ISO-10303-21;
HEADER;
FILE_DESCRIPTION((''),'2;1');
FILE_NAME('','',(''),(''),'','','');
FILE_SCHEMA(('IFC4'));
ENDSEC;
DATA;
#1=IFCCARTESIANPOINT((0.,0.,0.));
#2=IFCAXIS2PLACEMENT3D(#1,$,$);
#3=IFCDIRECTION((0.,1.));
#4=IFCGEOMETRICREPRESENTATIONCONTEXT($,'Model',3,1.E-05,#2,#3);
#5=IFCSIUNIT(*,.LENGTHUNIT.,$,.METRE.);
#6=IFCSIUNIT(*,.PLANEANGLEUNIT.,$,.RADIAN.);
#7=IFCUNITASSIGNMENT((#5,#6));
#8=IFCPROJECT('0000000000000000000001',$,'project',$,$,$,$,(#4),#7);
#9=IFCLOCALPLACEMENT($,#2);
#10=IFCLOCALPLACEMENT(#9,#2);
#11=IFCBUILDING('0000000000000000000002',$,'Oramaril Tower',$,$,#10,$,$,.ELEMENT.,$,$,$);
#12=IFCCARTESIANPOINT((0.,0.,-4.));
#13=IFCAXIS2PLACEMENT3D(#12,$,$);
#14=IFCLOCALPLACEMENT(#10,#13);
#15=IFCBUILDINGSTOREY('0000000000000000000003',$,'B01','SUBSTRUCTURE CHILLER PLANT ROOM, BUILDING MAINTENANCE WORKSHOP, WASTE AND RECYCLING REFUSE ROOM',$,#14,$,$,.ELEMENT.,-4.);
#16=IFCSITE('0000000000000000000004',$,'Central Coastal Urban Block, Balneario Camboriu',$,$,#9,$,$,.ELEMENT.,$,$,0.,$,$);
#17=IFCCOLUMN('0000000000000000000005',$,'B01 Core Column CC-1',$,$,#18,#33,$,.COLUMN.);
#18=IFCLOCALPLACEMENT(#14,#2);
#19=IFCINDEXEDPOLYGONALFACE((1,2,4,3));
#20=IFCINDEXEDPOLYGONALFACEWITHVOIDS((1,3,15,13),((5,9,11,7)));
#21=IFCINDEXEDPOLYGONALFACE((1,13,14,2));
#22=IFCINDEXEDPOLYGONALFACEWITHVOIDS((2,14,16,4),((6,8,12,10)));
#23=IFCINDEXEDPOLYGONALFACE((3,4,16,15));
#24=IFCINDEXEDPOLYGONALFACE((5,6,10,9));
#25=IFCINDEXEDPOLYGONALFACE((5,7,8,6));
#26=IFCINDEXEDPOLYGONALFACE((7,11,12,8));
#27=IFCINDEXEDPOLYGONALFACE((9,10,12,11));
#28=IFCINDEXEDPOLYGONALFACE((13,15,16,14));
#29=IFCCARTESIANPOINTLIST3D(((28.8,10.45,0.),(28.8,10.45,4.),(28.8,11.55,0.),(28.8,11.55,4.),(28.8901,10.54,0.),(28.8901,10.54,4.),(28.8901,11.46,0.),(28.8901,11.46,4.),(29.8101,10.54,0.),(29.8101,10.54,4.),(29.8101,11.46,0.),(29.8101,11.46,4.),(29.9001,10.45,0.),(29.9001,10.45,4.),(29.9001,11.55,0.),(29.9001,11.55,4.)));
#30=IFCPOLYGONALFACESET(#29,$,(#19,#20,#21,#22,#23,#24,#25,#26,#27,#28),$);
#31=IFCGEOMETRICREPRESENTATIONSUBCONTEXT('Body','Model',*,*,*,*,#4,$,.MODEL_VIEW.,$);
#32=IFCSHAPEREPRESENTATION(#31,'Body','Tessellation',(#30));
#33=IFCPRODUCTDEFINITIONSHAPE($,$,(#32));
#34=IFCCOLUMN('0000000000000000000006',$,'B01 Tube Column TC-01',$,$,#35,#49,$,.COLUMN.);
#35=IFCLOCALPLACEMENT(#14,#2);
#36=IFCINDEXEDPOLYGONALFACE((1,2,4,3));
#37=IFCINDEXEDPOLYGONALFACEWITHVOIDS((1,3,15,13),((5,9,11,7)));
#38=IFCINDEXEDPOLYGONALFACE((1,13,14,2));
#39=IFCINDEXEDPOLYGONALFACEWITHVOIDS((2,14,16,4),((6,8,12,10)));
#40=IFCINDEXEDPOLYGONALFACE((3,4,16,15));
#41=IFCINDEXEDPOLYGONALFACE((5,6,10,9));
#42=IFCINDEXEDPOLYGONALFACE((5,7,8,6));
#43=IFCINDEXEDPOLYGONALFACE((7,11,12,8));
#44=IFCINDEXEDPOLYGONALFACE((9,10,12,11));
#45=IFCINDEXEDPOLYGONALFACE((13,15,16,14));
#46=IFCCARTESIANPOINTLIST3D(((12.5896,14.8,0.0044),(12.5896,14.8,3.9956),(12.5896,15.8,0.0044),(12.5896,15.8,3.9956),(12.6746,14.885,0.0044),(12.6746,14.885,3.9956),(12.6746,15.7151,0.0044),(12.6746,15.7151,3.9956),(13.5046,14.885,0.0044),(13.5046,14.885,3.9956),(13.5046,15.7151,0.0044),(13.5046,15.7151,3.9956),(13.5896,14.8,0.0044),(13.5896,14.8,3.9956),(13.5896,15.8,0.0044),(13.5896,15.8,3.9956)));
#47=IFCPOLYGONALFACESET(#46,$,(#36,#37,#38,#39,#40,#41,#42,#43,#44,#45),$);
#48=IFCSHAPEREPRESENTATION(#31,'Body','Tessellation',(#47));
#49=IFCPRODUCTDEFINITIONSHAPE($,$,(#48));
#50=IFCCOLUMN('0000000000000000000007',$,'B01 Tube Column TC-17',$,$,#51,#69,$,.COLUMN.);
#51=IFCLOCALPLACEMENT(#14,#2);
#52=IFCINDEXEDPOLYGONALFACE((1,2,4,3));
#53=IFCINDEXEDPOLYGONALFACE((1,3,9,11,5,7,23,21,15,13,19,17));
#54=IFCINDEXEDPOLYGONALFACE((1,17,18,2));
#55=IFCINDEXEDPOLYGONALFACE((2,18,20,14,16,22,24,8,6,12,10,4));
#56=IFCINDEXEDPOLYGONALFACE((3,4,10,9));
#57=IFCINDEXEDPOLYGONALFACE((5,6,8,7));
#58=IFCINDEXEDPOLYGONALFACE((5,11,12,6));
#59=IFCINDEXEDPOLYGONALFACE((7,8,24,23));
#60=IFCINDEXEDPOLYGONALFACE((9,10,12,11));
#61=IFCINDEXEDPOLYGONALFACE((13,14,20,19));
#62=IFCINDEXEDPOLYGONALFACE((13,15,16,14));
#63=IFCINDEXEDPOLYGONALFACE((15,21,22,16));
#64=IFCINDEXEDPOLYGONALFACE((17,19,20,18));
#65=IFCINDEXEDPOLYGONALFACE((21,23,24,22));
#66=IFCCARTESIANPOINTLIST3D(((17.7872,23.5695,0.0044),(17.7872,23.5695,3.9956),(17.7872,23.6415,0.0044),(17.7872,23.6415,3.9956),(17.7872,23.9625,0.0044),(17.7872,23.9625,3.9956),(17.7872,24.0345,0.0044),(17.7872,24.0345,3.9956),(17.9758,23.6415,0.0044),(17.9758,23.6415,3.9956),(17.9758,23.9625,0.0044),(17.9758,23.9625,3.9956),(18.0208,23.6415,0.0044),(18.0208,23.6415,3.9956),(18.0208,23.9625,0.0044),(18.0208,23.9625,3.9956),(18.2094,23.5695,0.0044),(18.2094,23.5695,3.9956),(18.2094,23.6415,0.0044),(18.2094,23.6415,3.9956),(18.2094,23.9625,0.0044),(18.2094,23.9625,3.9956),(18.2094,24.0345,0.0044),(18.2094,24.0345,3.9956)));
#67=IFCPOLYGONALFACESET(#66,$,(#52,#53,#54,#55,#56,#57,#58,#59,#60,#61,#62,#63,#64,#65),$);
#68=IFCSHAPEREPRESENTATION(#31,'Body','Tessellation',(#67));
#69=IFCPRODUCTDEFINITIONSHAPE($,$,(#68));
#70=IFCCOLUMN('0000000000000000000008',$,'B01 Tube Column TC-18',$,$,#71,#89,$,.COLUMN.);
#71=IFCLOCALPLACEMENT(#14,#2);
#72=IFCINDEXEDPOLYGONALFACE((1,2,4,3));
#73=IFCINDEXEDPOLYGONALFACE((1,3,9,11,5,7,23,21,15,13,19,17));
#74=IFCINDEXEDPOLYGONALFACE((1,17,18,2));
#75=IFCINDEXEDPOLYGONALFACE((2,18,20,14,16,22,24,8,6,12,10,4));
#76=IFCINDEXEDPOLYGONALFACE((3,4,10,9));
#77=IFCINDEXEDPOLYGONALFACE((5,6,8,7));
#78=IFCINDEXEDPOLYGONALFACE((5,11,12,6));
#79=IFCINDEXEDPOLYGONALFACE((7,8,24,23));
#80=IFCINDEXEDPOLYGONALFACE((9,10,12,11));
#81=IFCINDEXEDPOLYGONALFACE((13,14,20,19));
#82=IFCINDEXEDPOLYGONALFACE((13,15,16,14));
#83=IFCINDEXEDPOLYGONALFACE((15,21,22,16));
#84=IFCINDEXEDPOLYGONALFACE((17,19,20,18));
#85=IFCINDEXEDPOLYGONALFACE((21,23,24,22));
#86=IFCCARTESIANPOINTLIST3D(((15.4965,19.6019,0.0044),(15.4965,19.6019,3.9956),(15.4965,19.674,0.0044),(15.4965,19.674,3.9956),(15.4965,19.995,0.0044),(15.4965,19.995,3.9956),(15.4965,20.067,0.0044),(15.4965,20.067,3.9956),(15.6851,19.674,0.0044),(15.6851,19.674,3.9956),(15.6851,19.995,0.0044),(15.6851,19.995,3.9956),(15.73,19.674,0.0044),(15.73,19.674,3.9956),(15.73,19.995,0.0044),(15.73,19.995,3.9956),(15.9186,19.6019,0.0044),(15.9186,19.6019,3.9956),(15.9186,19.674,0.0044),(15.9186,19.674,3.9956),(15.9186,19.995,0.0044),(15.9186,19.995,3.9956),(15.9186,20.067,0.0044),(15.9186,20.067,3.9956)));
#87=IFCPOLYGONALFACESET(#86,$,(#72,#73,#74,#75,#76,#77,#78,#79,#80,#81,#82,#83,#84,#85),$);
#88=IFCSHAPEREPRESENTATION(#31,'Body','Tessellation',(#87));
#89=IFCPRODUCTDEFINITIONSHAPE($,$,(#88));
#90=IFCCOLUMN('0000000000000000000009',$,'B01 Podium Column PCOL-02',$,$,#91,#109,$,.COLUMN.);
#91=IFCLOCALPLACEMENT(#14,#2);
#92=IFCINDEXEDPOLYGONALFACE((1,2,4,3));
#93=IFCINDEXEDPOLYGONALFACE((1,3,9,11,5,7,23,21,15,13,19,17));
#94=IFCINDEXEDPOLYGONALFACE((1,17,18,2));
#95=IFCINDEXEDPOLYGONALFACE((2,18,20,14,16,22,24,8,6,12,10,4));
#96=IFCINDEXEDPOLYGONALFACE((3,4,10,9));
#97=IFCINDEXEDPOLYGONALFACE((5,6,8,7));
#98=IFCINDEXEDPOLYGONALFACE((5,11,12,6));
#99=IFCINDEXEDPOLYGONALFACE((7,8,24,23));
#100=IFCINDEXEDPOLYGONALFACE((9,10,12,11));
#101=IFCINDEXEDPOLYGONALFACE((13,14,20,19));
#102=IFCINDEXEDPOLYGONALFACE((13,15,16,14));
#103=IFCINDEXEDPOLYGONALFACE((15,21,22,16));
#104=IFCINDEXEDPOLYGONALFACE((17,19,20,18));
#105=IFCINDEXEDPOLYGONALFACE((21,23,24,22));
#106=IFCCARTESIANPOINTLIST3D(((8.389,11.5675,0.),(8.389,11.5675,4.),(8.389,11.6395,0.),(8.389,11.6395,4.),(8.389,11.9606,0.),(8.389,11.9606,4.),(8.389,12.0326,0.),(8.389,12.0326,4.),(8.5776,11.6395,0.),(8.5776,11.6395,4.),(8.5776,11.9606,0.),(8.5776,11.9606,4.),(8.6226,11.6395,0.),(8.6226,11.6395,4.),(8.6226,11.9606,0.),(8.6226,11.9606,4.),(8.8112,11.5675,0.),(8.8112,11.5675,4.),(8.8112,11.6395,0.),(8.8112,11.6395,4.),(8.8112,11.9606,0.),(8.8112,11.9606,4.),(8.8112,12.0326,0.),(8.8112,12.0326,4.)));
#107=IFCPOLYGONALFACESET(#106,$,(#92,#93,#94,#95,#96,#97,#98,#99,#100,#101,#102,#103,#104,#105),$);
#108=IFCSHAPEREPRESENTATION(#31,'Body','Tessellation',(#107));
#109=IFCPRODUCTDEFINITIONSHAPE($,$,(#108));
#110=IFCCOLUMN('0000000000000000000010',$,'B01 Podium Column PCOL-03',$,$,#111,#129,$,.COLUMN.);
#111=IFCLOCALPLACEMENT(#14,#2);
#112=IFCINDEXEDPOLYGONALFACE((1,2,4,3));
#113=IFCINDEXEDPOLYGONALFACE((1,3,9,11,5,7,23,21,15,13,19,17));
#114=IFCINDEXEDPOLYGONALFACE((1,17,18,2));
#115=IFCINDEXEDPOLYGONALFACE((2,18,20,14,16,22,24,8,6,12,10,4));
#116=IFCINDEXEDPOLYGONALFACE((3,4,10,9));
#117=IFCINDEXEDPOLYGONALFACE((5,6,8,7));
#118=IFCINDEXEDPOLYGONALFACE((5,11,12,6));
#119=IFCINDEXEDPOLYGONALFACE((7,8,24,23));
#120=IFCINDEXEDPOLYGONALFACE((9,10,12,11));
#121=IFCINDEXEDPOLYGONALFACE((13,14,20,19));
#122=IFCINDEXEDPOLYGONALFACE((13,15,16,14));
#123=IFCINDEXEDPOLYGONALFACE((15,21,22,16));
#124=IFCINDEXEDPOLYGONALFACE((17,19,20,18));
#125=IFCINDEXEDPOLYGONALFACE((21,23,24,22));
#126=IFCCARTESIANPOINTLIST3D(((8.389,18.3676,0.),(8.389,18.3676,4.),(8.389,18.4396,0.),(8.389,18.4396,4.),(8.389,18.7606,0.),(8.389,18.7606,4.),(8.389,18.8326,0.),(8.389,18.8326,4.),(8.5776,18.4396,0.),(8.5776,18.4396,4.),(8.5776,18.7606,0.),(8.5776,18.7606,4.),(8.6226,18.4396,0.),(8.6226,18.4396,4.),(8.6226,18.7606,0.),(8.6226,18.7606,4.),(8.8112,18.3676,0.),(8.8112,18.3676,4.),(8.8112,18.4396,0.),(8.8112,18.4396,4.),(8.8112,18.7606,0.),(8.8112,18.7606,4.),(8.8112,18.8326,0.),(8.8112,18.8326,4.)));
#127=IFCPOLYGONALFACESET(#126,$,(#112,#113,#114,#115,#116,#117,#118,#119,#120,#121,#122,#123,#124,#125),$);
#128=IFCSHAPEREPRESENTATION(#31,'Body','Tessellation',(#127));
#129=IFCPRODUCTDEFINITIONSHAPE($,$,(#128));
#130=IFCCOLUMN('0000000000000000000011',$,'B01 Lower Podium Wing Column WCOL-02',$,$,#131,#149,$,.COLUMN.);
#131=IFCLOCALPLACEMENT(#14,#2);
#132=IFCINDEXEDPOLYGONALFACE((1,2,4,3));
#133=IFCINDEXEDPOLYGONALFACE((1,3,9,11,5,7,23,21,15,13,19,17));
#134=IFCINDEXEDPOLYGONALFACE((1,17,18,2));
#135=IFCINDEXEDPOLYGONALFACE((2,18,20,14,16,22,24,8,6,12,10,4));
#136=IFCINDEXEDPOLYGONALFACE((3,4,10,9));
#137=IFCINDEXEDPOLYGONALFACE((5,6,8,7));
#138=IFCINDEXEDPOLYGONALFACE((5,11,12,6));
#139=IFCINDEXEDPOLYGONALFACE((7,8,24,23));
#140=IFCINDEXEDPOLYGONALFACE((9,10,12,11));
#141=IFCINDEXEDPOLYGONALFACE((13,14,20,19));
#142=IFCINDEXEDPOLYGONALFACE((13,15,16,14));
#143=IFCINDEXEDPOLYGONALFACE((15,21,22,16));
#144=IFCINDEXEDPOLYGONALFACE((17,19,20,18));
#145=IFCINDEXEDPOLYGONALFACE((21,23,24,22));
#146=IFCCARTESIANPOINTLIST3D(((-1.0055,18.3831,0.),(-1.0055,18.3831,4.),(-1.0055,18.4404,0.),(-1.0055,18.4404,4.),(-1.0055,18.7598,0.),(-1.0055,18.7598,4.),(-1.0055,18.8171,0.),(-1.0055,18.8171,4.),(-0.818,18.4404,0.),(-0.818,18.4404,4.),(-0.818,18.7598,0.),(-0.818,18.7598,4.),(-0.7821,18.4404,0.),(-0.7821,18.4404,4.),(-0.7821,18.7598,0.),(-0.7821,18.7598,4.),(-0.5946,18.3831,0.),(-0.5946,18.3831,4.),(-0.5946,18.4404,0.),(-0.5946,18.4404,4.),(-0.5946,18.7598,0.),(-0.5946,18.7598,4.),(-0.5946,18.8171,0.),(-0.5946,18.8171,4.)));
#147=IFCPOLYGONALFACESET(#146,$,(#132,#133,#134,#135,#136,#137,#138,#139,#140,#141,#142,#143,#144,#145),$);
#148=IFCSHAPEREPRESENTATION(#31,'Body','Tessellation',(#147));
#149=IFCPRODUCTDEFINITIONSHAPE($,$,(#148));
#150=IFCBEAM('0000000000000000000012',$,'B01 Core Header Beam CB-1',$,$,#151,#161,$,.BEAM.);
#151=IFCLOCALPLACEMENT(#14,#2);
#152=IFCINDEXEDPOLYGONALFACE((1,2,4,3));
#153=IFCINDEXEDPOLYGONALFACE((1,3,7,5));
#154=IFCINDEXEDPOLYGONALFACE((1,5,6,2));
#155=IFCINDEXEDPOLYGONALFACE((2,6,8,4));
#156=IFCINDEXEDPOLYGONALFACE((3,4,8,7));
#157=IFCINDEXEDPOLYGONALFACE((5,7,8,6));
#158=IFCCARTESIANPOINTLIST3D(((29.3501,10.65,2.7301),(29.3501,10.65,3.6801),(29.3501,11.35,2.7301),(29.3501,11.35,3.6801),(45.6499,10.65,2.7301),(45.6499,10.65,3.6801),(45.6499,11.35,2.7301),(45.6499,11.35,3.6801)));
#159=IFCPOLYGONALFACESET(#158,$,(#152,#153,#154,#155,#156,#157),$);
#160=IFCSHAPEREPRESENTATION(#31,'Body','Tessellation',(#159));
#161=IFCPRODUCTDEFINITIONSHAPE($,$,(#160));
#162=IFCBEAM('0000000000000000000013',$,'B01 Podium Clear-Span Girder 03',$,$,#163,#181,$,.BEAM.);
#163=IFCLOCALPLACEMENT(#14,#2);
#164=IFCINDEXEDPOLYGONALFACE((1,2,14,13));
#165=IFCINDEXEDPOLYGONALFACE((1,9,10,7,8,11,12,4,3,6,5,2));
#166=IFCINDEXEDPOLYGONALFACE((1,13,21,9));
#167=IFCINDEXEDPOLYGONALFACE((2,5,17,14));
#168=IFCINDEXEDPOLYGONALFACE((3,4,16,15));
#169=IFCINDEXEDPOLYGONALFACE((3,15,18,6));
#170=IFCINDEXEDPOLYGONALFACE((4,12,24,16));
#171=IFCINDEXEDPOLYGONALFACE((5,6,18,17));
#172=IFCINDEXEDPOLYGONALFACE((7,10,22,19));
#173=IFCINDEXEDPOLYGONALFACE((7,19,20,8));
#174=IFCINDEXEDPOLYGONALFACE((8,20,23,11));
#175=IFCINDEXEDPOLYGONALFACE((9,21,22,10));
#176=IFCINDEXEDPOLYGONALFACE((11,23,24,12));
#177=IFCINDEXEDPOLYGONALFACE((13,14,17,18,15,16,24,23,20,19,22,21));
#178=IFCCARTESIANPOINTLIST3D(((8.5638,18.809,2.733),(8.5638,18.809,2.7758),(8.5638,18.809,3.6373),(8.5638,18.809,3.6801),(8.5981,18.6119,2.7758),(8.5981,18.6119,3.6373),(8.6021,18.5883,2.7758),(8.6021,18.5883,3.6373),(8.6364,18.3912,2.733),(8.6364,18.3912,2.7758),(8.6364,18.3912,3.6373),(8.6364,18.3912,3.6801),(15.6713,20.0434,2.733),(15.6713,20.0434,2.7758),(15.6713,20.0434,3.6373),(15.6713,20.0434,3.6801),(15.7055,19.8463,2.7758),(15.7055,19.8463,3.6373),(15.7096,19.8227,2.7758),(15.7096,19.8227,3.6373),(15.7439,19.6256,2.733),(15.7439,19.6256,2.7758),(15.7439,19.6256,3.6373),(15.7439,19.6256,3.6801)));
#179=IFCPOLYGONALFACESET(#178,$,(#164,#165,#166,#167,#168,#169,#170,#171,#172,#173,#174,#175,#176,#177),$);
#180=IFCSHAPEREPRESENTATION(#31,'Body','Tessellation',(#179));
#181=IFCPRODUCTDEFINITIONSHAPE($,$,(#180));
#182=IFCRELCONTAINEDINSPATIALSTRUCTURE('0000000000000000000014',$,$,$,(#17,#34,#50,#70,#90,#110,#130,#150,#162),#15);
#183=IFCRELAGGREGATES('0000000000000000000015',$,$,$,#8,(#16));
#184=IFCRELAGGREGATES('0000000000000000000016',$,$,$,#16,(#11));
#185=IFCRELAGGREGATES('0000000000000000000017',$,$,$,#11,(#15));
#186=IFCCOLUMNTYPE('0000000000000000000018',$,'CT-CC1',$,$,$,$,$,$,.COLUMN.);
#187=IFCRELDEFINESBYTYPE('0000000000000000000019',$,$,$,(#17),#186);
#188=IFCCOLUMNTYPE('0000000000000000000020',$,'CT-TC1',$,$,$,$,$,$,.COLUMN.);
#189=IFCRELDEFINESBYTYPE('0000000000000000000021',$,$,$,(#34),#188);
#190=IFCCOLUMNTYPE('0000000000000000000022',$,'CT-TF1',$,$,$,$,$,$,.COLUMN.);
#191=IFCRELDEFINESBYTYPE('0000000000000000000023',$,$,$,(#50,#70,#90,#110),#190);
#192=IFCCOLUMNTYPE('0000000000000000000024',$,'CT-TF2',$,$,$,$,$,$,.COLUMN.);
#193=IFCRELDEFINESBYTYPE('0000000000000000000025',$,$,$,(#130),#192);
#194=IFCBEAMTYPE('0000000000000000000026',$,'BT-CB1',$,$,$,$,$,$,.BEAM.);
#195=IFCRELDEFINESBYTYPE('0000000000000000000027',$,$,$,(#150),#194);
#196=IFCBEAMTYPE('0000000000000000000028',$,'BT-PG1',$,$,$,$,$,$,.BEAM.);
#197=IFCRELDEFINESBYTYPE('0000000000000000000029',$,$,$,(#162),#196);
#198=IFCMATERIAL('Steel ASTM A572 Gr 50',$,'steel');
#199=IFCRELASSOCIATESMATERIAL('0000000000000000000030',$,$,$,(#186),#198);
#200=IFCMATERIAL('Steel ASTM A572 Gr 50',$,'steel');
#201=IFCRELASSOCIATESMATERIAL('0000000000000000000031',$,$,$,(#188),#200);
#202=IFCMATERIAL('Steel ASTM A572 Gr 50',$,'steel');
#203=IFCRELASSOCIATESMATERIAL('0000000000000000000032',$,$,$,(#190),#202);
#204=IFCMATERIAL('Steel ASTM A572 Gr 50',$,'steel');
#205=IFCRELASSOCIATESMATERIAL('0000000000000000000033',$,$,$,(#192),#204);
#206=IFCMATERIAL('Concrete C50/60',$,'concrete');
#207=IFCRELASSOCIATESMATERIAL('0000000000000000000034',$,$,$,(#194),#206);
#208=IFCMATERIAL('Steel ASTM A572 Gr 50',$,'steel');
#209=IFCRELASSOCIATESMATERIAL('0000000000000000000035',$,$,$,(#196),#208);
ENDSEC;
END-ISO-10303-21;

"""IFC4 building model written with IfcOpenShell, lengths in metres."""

from ifc_helpers import new_model, si_unit, direction, frame, origin, origin_2d, place, context, subcontext, project, spatial, rectangle, hollow_rectangle, i_section, extrude, material, material_profile, profile_set, type_object, element, save


model = new_model("IFC4")

# Units and contexts
model_context = context("Model", 3, precision=1e-05, world=origin(), true_north=direction((0.0, 1.0)))
body_context = subcontext(model_context, "Body", "Model", "MODEL_VIEW")
ifc_project = project(units=[si_unit("LENGTHUNIT", "METRE"), si_unit("PLANEANGLEUNIT", "RADIAN")], contexts=[model_context])

# Site, building, storey
site_placement = place(None, origin())
site = spatial("IfcSite", under=ifc_project, at=site_placement, Name="Central Coastal Urban Block, Balneario Camboriu", CompositionType="ELEMENT", RefElevation=0.0)
building_placement = place(site_placement, origin())
building = spatial("IfcBuilding", under=site, at=building_placement, Name="Oramaril Tower", CompositionType="ELEMENT")
storey_placement = place(building_placement, frame((0.0, 0.0, -4.0)))
storey = spatial("IfcBuildingStorey", under=building, at=storey_placement, Name="B01", Description="SUBSTRUCTURE CHILLER PLANT ROOM, BUILDING MAINTENANCE WORKSHOP, WASTE AND RECYCLING REFUSE ROOM", CompositionType="ELEMENT", Elevation=-4.0)

# Columns
ifc_material_1 = material(Name="Steel ASTM A572 Gr 50", Category="steel")
ifc_material_profile_1 = material_profile(ifc_material_1, hollow_rectangle(XDim=1.1001, YDim=1.1001, WallThickness=0.0901, at=origin_2d()), Name="BOX1100X1100X90")
ifc_profile_set_1 = profile_set([ifc_material_profile_1], Name="Steel ASTM A572 Gr 50")
column_type_1 = type_object("IfcColumnType", Name="CT-CC1", PredefinedType="COLUMN", material=ifc_profile_set_1)
column_1_placement = place(storey_placement, frame((29.3501, 11.0, 0.0), z_axis=(0.0, 0.0, 1.0), x_axis=(1.0, 0.0, 0.0)))
element("IfcColumn", 1, at=column_1_placement, inside=storey, type_object=column_type_1, Name="B01 Core Column CC-1", PredefinedType="COLUMN", context=body_context, shape_type="SweptSolid", body=[
    extrude(hollow_rectangle(XDim=1.1001, YDim=1.1001, WallThickness=0.0901, at=origin_2d()), origin(), (0.0, 0.0, 1.0), 4.0),
])
ifc_material_2 = material(Name="Steel ASTM A572 Gr 50", Category="steel")
ifc_material_profile_2 = material_profile(ifc_material_2, hollow_rectangle(XDim=1.0, YDim=1.0, WallThickness=0.085, at=origin_2d()), Name="BOX1000X1000X85")
ifc_profile_set_2 = profile_set([ifc_material_profile_2], Name="Steel ASTM A572 Gr 50")
column_type_2 = type_object("IfcColumnType", Name="CT-TC1", PredefinedType="COLUMN", material=ifc_profile_set_2)
column_2_placement = place(storey_placement, frame((13.0896, 15.3, 0.0044), z_axis=(0.0, 0.0, 1.0), x_axis=(1.0, 0.0, 0.0)))
element("IfcColumn", 2, at=column_2_placement, inside=storey, type_object=column_type_2, Name="B01 Tube Column TC-01", PredefinedType="COLUMN", context=body_context, shape_type="SweptSolid", body=[
    extrude(hollow_rectangle(XDim=1.0, YDim=1.0, WallThickness=0.085, at=origin_2d()), origin(), (0.0, 0.0, 1.0), 3.9912),
])
ifc_material_3 = material(Name="Steel ASTM A572 Gr 50", Category="steel")
ifc_material_profile_3 = material_profile(ifc_material_3, i_section(OverallWidth=0.4221, OverallDepth=0.4651, WebThickness=0.0449, FlangeThickness=0.072, at=origin_2d()), Name="W14X398")
ifc_profile_set_3 = profile_set([ifc_material_profile_3], Name="Steel ASTM A572 Gr 50")
column_type_3 = type_object("IfcColumnType", Name="CT-TF1", PredefinedType="COLUMN", material=ifc_profile_set_3)
for number, where, z_axis, x_axis, name in (
    (3, (17.9983, 23.802, 0.0044), (0.0, 0.0, 1.0), (1.0, 0.0, 0.0), "B01 Tube Column TC-17"),
    (4, (15.7075, 19.8345, 0.0044), (0.0, 0.0, 1.0), (1.0, 0.0, 0.0), "B01 Tube Column TC-18"),
):
    element("IfcColumn", number, at=place(storey_placement, frame(where, z_axis=z_axis, x_axis=x_axis)), inside=storey, type_object=column_type_3, Name=name, PredefinedType="COLUMN", context=body_context, shape_type="SweptSolid", body=[
        extrude(i_section(OverallWidth=0.4221, OverallDepth=0.4651, WebThickness=0.0449, FlangeThickness=0.072, at=origin_2d()), origin(), (0.0, 0.0, 1.0), 3.9912),
    ])
for number, where, z_axis, x_axis, name in (
    (5, (8.6001, 11.8, 0.0), (0.0, 0.0, 1.0), (1.0, 0.0, 0.0), "B01 Podium Column PCOL-02"),
    (6, (8.6001, 18.6001, 0.0), (0.0, 0.0, 1.0), (1.0, 0.0, 0.0), "B01 Podium Column PCOL-03"),
):
    element("IfcColumn", number, at=place(storey_placement, frame(where, z_axis=z_axis, x_axis=x_axis)), inside=storey, type_object=column_type_3, Name=name, PredefinedType="COLUMN", context=body_context, shape_type="SweptSolid", body=[
        extrude(i_section(OverallWidth=0.4221, OverallDepth=0.4651, WebThickness=0.0449, FlangeThickness=0.072, at=origin_2d()), origin(), (0.0, 0.0, 1.0), 4.0),
    ])
ifc_material_4 = material(Name="Steel ASTM A572 Gr 50", Category="steel")
ifc_material_profile_4 = material_profile(ifc_material_4, i_section(OverallWidth=0.4109, OverallDepth=0.4341, WebThickness=0.0359, FlangeThickness=0.0574, at=origin_2d()), Name="W14X311")
ifc_profile_set_4 = profile_set([ifc_material_profile_4], Name="Steel ASTM A572 Gr 50")
column_type_4 = type_object("IfcColumnType", Name="CT-TF2", PredefinedType="COLUMN", material=ifc_profile_set_4)
column_3_placement = place(storey_placement, frame((-0.8, 18.6001, 0.0), z_axis=(0.0, 0.0, 1.0), x_axis=(1.0, 0.0, 0.0)))
element("IfcColumn", 7, at=column_3_placement, inside=storey, type_object=column_type_4, Name="B01 Lower Podium Wing Column WCOL-02", PredefinedType="COLUMN", context=body_context, shape_type="SweptSolid", body=[
    extrude(i_section(OverallWidth=0.4109, OverallDepth=0.4341, WebThickness=0.0359, FlangeThickness=0.0574, at=origin_2d()), origin(), (0.0, 0.0, 1.0), 4.0),
])

# Beams
ifc_material_5 = material(Name="Concrete C50/60", Category="concrete")
ifc_material_profile_5 = material_profile(ifc_material_5, rectangle(XDim=0.7, YDim=0.95, at=origin_2d()), Name="CB700X950")
ifc_profile_set_5 = profile_set([ifc_material_profile_5], Name="Concrete C50/60")
beam_type_1 = type_object("IfcBeamType", Name="BT-CB1", PredefinedType="BEAM", material=ifc_profile_set_5)
beam_1_placement = place(storey_placement, frame((29.3501, 11.0, 3.2051), z_axis=(1.0, 0.0, 0.0), x_axis=(0.0, 1.0, 0.0)))
element("IfcBeam", 8, at=beam_1_placement, inside=storey, type_object=beam_type_1, Name="B01 Core Header Beam CB-1", PredefinedType="BEAM", context=body_context, shape_type="SweptSolid", body=[
    extrude(rectangle(XDim=0.7, YDim=0.95, at=origin_2d()), origin(), (0.0, 0.0, 1.0), 16.2998),
])
ifc_material_6 = material(Name="Steel ASTM A572 Gr 50", Category="steel")
ifc_material_profile_6 = material_profile(ifc_material_6, i_section(OverallWidth=0.4241, OverallDepth=0.947, WebThickness=0.0239, FlangeThickness=0.0427, at=origin_2d()), Name="W36X302")
ifc_profile_set_6 = profile_set([ifc_material_profile_6], Name="Steel ASTM A572 Gr 50")
beam_type_2 = type_object("IfcBeamType", Name="BT-PG1", PredefinedType="BEAM", material=ifc_profile_set_6)
beam_2_placement = place(storey_placement, frame((8.6001, 18.6001, 3.2065), z_axis=(0.985251, 0.171113, 0.0), x_axis=(-0.171113, 0.985251, 0.0)))
element("IfcBeam", 9, at=beam_2_placement, inside=storey, type_object=beam_type_2, Name="B01 Podium Clear-Span Girder 03", PredefinedType="BEAM", context=body_context, shape_type="SweptSolid", body=[
    extrude(i_section(OverallWidth=0.4241, OverallDepth=0.947, WebThickness=0.0239, FlangeThickness=0.0427, at=origin_2d()), origin(), (0.0, 0.0, 1.0), 7.2139),
])

save(model, "model.ifc")
